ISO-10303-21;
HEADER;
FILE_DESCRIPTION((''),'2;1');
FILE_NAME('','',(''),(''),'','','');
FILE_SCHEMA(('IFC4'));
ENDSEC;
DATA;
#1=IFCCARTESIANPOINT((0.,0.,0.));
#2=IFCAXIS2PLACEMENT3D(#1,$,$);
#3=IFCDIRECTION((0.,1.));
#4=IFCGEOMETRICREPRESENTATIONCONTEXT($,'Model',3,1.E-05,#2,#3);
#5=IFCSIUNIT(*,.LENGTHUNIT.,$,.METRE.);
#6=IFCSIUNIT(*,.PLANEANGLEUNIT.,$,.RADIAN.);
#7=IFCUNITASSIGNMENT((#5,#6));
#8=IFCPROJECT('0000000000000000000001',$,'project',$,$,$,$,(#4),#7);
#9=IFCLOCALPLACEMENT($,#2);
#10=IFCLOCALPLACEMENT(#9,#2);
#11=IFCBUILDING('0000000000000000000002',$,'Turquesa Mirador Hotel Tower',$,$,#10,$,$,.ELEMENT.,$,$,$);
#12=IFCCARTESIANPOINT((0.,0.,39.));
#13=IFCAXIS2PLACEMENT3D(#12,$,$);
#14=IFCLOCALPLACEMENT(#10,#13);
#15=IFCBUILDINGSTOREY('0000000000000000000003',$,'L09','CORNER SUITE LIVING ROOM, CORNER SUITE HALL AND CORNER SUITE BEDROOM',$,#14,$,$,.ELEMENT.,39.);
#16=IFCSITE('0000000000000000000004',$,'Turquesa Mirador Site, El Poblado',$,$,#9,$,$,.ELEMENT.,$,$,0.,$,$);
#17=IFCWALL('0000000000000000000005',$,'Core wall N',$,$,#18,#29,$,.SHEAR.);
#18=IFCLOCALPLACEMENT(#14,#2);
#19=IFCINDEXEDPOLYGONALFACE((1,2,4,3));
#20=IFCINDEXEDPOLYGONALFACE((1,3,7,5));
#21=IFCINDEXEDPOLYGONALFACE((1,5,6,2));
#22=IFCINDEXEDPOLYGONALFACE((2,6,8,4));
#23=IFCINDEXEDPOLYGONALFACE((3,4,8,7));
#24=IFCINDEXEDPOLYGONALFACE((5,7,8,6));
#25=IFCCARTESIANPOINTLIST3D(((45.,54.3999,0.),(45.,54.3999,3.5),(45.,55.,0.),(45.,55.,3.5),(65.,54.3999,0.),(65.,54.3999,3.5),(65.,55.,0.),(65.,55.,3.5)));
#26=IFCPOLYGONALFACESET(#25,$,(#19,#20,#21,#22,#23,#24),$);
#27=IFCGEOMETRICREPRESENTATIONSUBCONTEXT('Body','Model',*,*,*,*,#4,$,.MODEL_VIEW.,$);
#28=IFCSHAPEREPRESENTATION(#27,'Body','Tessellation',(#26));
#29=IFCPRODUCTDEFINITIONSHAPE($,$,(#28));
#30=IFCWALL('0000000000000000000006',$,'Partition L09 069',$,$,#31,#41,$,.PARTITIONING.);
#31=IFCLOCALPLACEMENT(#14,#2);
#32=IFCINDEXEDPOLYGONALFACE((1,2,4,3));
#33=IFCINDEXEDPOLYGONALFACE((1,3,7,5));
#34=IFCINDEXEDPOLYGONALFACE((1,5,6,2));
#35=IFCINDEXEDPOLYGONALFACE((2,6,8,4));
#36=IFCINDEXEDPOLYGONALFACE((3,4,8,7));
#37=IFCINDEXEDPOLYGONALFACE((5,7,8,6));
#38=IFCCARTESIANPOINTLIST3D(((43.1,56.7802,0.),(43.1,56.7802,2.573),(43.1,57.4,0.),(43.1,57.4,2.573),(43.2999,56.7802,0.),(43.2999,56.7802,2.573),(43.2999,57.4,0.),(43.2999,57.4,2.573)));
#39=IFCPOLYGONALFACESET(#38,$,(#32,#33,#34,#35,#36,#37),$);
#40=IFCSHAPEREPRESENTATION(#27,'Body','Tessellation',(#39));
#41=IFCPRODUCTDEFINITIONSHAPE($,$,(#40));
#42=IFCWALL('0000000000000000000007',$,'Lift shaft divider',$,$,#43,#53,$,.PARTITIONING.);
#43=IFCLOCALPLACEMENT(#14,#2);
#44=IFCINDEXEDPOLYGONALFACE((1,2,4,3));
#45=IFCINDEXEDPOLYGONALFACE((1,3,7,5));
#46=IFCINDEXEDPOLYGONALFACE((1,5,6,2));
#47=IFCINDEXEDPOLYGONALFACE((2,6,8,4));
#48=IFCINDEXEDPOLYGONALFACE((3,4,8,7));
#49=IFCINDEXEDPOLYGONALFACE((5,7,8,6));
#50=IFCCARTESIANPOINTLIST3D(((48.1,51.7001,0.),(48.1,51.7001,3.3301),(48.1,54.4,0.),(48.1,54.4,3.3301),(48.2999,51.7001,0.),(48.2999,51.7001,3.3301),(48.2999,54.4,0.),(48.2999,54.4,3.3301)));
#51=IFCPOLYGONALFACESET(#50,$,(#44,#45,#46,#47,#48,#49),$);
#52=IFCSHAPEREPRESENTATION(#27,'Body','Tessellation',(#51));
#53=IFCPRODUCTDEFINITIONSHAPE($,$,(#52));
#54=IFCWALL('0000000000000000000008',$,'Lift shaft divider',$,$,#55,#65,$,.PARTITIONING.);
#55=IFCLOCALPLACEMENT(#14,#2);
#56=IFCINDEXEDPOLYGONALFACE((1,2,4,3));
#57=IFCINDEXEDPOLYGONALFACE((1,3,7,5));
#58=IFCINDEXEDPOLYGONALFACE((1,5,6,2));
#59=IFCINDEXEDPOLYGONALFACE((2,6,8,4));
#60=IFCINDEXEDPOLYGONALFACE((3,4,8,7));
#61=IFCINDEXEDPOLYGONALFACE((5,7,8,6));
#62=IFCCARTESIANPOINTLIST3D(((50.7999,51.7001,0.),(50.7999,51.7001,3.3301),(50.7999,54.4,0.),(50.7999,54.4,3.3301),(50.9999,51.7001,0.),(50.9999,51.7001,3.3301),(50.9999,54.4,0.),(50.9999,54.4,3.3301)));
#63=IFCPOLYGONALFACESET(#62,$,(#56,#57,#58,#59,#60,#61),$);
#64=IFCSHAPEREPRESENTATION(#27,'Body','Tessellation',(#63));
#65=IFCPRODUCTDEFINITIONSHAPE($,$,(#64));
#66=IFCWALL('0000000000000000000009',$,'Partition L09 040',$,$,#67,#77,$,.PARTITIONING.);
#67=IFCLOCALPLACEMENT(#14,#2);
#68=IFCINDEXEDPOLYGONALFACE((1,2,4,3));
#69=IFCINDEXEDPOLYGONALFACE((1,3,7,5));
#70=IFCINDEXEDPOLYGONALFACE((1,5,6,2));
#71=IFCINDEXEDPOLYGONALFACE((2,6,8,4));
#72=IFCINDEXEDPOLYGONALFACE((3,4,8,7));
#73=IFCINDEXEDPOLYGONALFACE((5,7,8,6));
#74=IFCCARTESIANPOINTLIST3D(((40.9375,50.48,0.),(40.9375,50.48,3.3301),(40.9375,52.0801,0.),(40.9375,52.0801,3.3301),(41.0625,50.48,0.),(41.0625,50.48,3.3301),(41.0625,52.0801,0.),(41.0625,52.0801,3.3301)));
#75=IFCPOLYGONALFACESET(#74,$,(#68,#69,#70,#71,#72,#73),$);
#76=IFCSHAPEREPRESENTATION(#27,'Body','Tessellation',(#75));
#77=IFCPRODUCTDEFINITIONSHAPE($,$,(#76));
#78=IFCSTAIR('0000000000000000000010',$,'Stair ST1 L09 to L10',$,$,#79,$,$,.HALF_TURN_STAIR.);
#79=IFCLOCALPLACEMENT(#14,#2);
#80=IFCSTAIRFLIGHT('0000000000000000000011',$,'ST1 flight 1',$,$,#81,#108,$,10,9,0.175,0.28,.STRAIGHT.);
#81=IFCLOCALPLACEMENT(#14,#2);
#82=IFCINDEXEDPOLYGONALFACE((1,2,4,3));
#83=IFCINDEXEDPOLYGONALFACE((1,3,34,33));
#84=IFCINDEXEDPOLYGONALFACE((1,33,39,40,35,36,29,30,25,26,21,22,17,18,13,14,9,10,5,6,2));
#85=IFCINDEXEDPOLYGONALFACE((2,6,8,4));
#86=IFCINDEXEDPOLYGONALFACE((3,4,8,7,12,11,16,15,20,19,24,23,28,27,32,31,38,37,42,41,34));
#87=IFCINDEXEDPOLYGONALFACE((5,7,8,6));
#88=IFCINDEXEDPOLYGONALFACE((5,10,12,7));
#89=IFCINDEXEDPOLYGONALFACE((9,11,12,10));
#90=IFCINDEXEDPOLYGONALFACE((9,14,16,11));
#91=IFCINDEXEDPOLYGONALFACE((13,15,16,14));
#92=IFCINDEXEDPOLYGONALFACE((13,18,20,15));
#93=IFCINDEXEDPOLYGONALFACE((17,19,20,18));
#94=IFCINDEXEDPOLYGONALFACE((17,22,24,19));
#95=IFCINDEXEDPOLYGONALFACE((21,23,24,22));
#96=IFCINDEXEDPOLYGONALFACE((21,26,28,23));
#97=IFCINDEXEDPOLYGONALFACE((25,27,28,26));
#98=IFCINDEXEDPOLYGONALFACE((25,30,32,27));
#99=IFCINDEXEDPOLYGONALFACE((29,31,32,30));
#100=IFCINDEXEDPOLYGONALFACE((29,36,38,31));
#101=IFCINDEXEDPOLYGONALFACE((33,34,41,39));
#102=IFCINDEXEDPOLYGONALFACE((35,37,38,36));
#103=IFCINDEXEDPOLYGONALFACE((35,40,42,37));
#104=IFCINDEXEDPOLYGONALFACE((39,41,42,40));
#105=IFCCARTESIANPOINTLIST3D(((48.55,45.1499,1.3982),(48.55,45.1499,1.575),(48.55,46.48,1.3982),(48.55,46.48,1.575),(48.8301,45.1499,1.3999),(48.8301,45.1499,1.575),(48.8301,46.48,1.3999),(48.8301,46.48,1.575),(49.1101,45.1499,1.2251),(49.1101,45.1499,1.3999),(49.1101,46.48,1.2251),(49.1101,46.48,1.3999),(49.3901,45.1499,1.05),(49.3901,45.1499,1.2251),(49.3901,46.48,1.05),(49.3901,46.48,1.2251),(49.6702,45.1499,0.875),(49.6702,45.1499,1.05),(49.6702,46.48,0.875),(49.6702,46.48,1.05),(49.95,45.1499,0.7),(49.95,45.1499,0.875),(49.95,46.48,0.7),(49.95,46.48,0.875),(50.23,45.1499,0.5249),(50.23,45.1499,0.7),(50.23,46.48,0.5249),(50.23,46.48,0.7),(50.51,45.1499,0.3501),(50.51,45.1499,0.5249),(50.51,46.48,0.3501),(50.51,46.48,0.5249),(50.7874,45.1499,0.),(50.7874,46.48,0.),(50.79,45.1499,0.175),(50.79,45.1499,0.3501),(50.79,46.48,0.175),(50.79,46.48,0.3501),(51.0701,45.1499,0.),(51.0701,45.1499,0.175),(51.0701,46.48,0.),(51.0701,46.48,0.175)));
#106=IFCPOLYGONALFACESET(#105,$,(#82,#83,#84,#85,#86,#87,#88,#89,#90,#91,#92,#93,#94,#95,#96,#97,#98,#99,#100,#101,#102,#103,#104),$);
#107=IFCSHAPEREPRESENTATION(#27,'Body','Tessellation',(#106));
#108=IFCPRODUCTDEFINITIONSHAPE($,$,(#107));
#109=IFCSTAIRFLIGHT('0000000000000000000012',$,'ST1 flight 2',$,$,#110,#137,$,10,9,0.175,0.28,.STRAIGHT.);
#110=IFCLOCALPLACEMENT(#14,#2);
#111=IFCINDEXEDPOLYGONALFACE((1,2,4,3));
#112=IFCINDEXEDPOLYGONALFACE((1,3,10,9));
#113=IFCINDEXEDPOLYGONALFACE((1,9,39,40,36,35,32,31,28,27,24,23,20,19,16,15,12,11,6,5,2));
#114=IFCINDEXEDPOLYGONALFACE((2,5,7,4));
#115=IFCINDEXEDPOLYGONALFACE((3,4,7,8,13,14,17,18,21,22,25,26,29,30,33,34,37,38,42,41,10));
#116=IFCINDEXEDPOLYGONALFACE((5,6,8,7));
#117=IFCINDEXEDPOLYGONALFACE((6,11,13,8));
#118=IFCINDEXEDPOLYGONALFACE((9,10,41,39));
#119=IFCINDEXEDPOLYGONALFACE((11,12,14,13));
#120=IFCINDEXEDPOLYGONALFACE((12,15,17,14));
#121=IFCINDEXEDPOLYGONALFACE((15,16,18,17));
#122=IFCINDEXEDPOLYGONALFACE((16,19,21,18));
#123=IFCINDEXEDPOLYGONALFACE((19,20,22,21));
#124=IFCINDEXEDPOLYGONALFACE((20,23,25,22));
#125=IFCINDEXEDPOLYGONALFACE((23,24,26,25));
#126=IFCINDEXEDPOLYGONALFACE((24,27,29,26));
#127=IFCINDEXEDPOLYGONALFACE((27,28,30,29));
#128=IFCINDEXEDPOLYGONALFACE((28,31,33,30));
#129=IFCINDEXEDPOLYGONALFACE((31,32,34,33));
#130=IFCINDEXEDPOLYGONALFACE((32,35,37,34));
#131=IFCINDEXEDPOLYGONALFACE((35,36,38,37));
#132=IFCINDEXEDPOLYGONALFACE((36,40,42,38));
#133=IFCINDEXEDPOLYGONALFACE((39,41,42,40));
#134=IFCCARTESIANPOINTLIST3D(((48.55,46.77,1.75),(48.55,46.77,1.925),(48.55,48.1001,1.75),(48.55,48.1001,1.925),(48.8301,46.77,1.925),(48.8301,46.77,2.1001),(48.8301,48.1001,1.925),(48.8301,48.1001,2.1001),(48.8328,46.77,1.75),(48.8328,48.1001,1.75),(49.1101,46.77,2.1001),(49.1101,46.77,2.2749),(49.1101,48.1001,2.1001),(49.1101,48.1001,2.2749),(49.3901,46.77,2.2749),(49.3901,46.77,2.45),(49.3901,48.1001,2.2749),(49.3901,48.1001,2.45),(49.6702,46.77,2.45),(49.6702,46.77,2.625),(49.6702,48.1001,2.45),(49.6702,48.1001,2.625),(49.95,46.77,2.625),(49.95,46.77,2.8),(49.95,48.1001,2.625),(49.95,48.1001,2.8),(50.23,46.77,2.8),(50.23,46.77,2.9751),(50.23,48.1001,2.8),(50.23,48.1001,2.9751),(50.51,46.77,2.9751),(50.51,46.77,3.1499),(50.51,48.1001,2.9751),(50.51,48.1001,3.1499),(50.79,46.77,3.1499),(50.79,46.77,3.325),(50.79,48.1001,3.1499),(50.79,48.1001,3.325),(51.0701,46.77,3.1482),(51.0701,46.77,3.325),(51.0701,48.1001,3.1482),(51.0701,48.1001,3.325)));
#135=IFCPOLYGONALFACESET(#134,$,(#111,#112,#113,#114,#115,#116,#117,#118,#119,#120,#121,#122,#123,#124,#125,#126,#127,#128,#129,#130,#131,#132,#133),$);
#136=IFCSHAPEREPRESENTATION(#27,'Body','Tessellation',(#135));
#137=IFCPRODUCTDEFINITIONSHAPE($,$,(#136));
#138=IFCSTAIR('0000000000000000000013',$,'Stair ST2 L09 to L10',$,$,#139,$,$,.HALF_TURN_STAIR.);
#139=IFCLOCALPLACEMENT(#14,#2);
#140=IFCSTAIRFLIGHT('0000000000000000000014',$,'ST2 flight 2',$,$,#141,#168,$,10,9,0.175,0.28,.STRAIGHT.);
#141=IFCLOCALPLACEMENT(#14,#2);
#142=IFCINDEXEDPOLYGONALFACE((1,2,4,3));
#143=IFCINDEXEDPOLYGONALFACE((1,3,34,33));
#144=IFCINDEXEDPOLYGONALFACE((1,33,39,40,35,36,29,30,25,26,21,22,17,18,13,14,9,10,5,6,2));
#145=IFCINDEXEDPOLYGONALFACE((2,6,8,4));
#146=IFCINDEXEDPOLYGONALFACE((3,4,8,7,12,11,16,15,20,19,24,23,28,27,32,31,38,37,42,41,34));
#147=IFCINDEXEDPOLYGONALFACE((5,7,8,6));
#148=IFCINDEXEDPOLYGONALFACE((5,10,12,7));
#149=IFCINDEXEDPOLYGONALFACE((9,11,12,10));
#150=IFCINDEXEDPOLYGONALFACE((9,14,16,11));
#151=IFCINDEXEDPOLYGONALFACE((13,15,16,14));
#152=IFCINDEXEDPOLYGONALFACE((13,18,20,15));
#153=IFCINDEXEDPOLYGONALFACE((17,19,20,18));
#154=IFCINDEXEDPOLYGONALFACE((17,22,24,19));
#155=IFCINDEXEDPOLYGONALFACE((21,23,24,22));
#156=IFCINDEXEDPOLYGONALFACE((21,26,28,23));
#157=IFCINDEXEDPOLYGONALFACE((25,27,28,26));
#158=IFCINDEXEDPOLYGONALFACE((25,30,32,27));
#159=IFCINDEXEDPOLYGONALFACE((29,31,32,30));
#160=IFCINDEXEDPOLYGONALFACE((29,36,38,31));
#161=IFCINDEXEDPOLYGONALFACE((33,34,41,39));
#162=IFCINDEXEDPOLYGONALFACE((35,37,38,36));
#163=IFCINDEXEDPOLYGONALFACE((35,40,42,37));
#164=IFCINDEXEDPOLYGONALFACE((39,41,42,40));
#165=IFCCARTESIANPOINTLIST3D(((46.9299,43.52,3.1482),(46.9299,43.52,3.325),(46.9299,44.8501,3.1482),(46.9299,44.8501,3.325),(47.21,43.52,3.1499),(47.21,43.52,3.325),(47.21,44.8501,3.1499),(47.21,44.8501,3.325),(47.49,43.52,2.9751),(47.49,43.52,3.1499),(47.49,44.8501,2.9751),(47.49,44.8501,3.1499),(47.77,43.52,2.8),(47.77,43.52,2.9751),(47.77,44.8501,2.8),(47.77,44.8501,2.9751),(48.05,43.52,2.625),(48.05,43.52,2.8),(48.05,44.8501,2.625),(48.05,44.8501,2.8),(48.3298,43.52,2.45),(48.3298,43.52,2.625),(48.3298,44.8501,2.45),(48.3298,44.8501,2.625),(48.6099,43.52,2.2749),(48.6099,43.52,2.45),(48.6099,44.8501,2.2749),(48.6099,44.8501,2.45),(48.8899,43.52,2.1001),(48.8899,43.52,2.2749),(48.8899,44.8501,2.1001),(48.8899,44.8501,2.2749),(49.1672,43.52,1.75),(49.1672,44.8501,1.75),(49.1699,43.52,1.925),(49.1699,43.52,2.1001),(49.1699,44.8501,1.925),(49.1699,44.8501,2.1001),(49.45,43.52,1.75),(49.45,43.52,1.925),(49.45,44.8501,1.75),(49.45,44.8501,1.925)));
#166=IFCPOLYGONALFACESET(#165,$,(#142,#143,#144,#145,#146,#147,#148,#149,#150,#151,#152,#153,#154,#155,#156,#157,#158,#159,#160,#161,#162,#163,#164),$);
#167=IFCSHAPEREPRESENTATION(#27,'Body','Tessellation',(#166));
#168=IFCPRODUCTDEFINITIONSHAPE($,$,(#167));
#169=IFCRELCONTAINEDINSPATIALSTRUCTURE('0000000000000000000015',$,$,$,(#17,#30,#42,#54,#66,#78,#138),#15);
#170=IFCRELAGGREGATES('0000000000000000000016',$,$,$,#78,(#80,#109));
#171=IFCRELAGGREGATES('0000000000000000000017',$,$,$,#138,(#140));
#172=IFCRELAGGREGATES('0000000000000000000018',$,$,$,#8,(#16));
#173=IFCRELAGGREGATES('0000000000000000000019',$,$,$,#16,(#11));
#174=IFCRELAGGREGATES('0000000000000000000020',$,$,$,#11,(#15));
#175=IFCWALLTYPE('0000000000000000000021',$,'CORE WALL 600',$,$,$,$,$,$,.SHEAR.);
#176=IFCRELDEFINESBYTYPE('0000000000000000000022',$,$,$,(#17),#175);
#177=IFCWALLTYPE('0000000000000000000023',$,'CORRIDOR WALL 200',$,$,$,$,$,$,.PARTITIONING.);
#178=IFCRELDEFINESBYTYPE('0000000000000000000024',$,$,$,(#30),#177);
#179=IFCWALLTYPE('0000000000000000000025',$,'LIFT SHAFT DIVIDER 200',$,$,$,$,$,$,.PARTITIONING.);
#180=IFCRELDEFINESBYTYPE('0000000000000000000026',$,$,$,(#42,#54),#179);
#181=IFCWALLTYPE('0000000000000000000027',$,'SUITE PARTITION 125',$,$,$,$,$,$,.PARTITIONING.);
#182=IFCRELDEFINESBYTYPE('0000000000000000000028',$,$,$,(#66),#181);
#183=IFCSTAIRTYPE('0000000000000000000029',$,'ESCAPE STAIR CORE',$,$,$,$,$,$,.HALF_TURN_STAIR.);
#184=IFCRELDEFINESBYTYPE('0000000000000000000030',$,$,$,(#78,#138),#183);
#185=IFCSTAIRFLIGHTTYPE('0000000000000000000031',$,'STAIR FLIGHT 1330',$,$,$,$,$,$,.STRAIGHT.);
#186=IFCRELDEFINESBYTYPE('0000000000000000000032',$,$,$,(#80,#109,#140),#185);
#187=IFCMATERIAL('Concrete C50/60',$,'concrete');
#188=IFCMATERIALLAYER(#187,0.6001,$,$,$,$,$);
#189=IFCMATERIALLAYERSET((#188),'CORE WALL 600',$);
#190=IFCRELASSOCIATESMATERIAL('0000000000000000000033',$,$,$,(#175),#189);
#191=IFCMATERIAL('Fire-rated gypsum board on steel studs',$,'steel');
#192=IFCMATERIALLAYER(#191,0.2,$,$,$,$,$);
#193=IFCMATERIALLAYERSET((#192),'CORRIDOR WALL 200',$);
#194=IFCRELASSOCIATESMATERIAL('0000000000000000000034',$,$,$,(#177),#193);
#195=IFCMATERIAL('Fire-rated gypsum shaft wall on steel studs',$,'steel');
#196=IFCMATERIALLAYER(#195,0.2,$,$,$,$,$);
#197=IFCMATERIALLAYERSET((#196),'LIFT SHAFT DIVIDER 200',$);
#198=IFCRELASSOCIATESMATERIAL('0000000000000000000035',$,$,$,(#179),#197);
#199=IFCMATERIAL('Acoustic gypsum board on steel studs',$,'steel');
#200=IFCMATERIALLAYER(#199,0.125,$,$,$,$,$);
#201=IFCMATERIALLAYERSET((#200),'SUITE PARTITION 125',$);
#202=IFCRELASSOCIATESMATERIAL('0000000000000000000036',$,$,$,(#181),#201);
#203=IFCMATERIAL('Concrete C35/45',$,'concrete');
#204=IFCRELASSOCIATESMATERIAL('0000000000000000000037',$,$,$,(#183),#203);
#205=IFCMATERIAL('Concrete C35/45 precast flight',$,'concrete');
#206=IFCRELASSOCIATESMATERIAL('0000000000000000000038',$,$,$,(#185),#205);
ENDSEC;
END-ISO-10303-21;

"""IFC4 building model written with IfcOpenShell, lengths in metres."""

from ifc_helpers import new_model, si_unit, direction, frame, frame_2d, origin, place, context, subcontext, project, spatial, polyline, rectangle, outline, extrude, material, layer, layer_set, type_object, element, aggregate, save


model = new_model("IFC4")

# Units and contexts
model_context = context("Model", 3, precision=1e-05, world=origin(), true_north=direction((0.0, 1.0)))
body_context = subcontext(model_context, "Body", "Model", "MODEL_VIEW")
ifc_project = project(units=[si_unit("LENGTHUNIT", "METRE"), si_unit("PLANEANGLEUNIT", "RADIAN")], contexts=[model_context])

# Site, building, storey
site_placement = place(None, origin())
site = spatial("IfcSite", under=ifc_project, at=site_placement, Name="Turquesa Mirador Site, El Poblado", CompositionType="ELEMENT", RefElevation=0.0)
building_placement = place(site_placement, origin())
building = spatial("IfcBuilding", under=site, at=building_placement, Name="Turquesa Mirador Hotel Tower", CompositionType="ELEMENT")
storey_placement = place(building_placement, frame((0.0, 0.0, 39.0)))
storey = spatial("IfcBuildingStorey", under=building, at=storey_placement, Name="L09", Description="CORNER SUITE LIVING ROOM, CORNER SUITE HALL AND CORNER SUITE BEDROOM", CompositionType="ELEMENT", Elevation=39.0)

# Walls
ifc_material_1 = material(Name="Concrete C50/60", Category="concrete")
ifc_layer_1 = layer(ifc_material_1, 0.6001)
ifc_layer_set_1 = layer_set([ifc_layer_1], Name="CORE WALL 600")
wall_type_1 = type_object("IfcWallType", Name="CORE WALL 600", PredefinedType="SHEAR", material=ifc_layer_set_1)
wall_1_placement = place(storey_placement, frame((45.0, 54.7, 0.0), z_axis=(0.0, 0.0, 1.0), x_axis=(1.0, 0.0, 0.0)))
element("IfcWall", 1, at=wall_1_placement, inside=storey, type_object=wall_type_1, Name="Core wall N", PredefinedType="SHEAR", context=body_context, shape_type="SweptSolid", body=[
    extrude(rectangle(XDim=20.0, YDim=0.6001, at=frame_2d((10.0, 0.0))), origin(), (0.0, 0.0, 1.0), 3.5),
])
ifc_material_2 = material(Name="Fire-rated gypsum board on steel studs", Category="steel")
ifc_layer_2 = layer(ifc_material_2, 0.2)
ifc_layer_set_2 = layer_set([ifc_layer_2], Name="CORRIDOR WALL 200")
wall_type_2 = type_object("IfcWallType", Name="CORRIDOR WALL 200", PredefinedType="PARTITIONING", material=ifc_layer_set_2)
wall_2_placement = place(storey_placement, frame((43.2, 56.78, 0.0), z_axis=(0.0, 0.0, 1.0), x_axis=(0.0, 1.0, 0.0)))
element("IfcWall", 2, at=wall_2_placement, inside=storey, type_object=wall_type_2, Name="Partition L09 069", PredefinedType="PARTITIONING", context=body_context, shape_type="SweptSolid", body=[
    extrude(rectangle(XDim=0.6199, YDim=0.2, at=frame_2d((0.3101, 0.0))), origin(), (0.0, 0.0, 1.0), 2.573),
])
ifc_material_3 = material(Name="Fire-rated gypsum shaft wall on steel studs", Category="steel")
ifc_layer_3 = layer(ifc_material_3, 0.2)
ifc_layer_set_3 = layer_set([ifc_layer_3], Name="LIFT SHAFT DIVIDER 200")
wall_type_3 = type_object("IfcWallType", Name="LIFT SHAFT DIVIDER 200", PredefinedType="PARTITIONING", material=ifc_layer_set_3)
for number, where, z_axis, x_axis, name in (
    (3, (48.2, 51.7, 0.0), (0.0, 0.0, 1.0), (0.0, 1.0, 0.0), "Lift shaft divider"),
    (4, (50.8999, 51.7, 0.0), (0.0, 0.0, 1.0), (0.0, 1.0, 0.0), "Lift shaft divider"),
):
    element("IfcWall", number, at=place(storey_placement, frame(where, z_axis=z_axis, x_axis=x_axis)), inside=storey, type_object=wall_type_3, Name=name, PredefinedType="PARTITIONING", context=body_context, shape_type="SweptSolid", body=[
        extrude(rectangle(XDim=2.7, YDim=0.2, at=frame_2d((1.3501, 0.0))), origin(), (0.0, 0.0, 1.0), 3.3301),
    ])
ifc_material_4 = material(Name="Acoustic gypsum board on steel studs", Category="steel")
ifc_layer_4 = layer(ifc_material_4, 0.125)
ifc_layer_set_4 = layer_set([ifc_layer_4], Name="SUITE PARTITION 125")
wall_type_4 = type_object("IfcWallType", Name="SUITE PARTITION 125", PredefinedType="PARTITIONING", material=ifc_layer_set_4)
wall_3_placement = place(storey_placement, frame((41.0, 50.48, 0.0), z_axis=(0.0, 0.0, 1.0), x_axis=(0.0, 1.0, 0.0)))
element("IfcWall", 5, at=wall_3_placement, inside=storey, type_object=wall_type_4, Name="Partition L09 040", PredefinedType="PARTITIONING", context=body_context, shape_type="SweptSolid", body=[
    extrude(rectangle(XDim=1.6001, YDim=0.125, at=frame_2d((0.8, 0.0))), origin(), (0.0, 0.0, 1.0), 3.3301),
])

# Stair, stair flights
ifc_material_5 = material(Name="Concrete C35/45", Category="concrete")
stair_type = type_object("IfcStairType", Name="ESCAPE STAIR CORE", PredefinedType="HALF_TURN_STAIR", material=ifc_material_5)
stair_1_placement = place(storey_placement, origin())
stair_1 = element("IfcStair", 6, at=stair_1_placement, inside=storey, type_object=stair_type, Name="Stair ST1 L09 to L10", PredefinedType="HALF_TURN_STAIR")
ifc_material_6 = material(Name="Concrete C35/45 precast flight", Category="concrete")
stair_flight_type = type_object("IfcStairFlightType", Name="STAIR FLIGHT 1330", PredefinedType="STRAIGHT", material=ifc_material_6)
stair_flight_1_placement = place(storey_placement, frame((51.0701, 45.8149, 0.0), z_axis=(0.0, 0.0, 1.0), x_axis=(-1.0, 0.0, 0.0)))
stair_flight_1 = element("IfcStairFlight", 7, at=stair_flight_1_placement, type_object=stair_flight_type, Name="ST1 flight 1", NumberOfRisers=10, NumberOfTreads=9, PredefinedType="STRAIGHT", RiserHeight=0.175, TreadLength=0.28, context=body_context, shape_type="SweptSolid", body=[
    extrude(outline(polyline([(0.0, 0.0), (0.0, 0.175), (0.28, 0.175), (0.28, 0.3501), (0.5601, 0.3501), (0.5601, 0.5249), (0.8401, 0.5249), (0.8401, 0.7), (1.1201, 0.7), (1.1201, 0.875), (1.3999, 0.875), (1.3999, 1.05), (1.6799, 1.05), (1.6799, 1.2251), (1.96, 1.2251), (1.96, 1.3999), (2.24, 1.3999), (2.24, 1.575), (2.52, 1.575), (2.52, 1.75), (2.52, 1.3982), (0.2827, 0.0), (0.0, 0.0)])), frame((0.0, 0.665, 0.0), z_axis=(0.0, -1.0, 0.0), x_axis=(1.0, 0.0, 0.0)), (0.0, 0.0, 1.0), 1.3301),
])
stair_flight_2_placement = place(storey_placement, frame((48.55, 47.4351, 1.75), z_axis=(0.0, 0.0, 1.0), x_axis=(1.0, 0.0, 0.0)))
stair_flight_2 = element("IfcStairFlight", 8, at=stair_flight_2_placement, type_object=stair_flight_type, Name="ST1 flight 2", NumberOfRisers=10, NumberOfTreads=9, PredefinedType="STRAIGHT", RiserHeight=0.175, TreadLength=0.28, context=body_context, shape_type="SweptSolid", body=[
    extrude(outline(polyline([(0.0, 0.0), (0.0, 0.175), (0.28, 0.175), (0.28, 0.3501), (0.5601, 0.3501), (0.5601, 0.5249), (0.8401, 0.5249), (0.8401, 0.7), (1.1201, 0.7), (1.1201, 0.875), (1.3999, 0.875), (1.3999, 1.05), (1.6799, 1.05), (1.6799, 1.2251), (1.96, 1.2251), (1.96, 1.3999), (2.24, 1.3999), (2.24, 1.575), (2.52, 1.575), (2.52, 1.75), (2.52, 1.3982), (0.2827, 0.0), (0.0, 0.0)])), frame((0.0, 0.665, 0.0), z_axis=(0.0, -1.0, 0.0), x_axis=(1.0, 0.0, 0.0)), (0.0, 0.0, 1.0), 1.3301),
])
aggregate(stair_1, [stair_flight_1, stair_flight_2])

# Stair, stair flight
stair_2_placement = place(storey_placement, origin())
stair_2 = element("IfcStair", 9, at=stair_2_placement, inside=storey, type_object=stair_type, Name="Stair ST2 L09 to L10", PredefinedType="HALF_TURN_STAIR")
stair_flight_3_placement = place(storey_placement, frame((49.45, 44.1851, 1.75), z_axis=(0.0, 0.0, 1.0), x_axis=(-1.0, 0.0, 0.0)))
stair_flight_3 = element("IfcStairFlight", 10, at=stair_flight_3_placement, type_object=stair_flight_type, Name="ST2 flight 2", NumberOfRisers=10, NumberOfTreads=9, PredefinedType="STRAIGHT", RiserHeight=0.175, TreadLength=0.28, context=body_context, shape_type="SweptSolid", body=[
    extrude(outline(polyline([(0.0, 0.0), (0.0, 0.175), (0.28, 0.175), (0.28, 0.3501), (0.5601, 0.3501), (0.5601, 0.5249), (0.8401, 0.5249), (0.8401, 0.7), (1.1201, 0.7), (1.1201, 0.875), (1.3999, 0.875), (1.3999, 1.05), (1.6799, 1.05), (1.6799, 1.2251), (1.96, 1.2251), (1.96, 1.3999), (2.24, 1.3999), (2.24, 1.575), (2.52, 1.575), (2.52, 1.75), (2.52, 1.3982), (0.2827, 0.0), (0.0, 0.0)])), frame((0.0, 0.665, 0.0), z_axis=(0.0, -1.0, 0.0), x_axis=(1.0, 0.0, 0.0)), (0.0, 0.0, 1.0), 1.3301),
])
aggregate(stair_2, [stair_flight_3])

save(model, "model.ifc")
